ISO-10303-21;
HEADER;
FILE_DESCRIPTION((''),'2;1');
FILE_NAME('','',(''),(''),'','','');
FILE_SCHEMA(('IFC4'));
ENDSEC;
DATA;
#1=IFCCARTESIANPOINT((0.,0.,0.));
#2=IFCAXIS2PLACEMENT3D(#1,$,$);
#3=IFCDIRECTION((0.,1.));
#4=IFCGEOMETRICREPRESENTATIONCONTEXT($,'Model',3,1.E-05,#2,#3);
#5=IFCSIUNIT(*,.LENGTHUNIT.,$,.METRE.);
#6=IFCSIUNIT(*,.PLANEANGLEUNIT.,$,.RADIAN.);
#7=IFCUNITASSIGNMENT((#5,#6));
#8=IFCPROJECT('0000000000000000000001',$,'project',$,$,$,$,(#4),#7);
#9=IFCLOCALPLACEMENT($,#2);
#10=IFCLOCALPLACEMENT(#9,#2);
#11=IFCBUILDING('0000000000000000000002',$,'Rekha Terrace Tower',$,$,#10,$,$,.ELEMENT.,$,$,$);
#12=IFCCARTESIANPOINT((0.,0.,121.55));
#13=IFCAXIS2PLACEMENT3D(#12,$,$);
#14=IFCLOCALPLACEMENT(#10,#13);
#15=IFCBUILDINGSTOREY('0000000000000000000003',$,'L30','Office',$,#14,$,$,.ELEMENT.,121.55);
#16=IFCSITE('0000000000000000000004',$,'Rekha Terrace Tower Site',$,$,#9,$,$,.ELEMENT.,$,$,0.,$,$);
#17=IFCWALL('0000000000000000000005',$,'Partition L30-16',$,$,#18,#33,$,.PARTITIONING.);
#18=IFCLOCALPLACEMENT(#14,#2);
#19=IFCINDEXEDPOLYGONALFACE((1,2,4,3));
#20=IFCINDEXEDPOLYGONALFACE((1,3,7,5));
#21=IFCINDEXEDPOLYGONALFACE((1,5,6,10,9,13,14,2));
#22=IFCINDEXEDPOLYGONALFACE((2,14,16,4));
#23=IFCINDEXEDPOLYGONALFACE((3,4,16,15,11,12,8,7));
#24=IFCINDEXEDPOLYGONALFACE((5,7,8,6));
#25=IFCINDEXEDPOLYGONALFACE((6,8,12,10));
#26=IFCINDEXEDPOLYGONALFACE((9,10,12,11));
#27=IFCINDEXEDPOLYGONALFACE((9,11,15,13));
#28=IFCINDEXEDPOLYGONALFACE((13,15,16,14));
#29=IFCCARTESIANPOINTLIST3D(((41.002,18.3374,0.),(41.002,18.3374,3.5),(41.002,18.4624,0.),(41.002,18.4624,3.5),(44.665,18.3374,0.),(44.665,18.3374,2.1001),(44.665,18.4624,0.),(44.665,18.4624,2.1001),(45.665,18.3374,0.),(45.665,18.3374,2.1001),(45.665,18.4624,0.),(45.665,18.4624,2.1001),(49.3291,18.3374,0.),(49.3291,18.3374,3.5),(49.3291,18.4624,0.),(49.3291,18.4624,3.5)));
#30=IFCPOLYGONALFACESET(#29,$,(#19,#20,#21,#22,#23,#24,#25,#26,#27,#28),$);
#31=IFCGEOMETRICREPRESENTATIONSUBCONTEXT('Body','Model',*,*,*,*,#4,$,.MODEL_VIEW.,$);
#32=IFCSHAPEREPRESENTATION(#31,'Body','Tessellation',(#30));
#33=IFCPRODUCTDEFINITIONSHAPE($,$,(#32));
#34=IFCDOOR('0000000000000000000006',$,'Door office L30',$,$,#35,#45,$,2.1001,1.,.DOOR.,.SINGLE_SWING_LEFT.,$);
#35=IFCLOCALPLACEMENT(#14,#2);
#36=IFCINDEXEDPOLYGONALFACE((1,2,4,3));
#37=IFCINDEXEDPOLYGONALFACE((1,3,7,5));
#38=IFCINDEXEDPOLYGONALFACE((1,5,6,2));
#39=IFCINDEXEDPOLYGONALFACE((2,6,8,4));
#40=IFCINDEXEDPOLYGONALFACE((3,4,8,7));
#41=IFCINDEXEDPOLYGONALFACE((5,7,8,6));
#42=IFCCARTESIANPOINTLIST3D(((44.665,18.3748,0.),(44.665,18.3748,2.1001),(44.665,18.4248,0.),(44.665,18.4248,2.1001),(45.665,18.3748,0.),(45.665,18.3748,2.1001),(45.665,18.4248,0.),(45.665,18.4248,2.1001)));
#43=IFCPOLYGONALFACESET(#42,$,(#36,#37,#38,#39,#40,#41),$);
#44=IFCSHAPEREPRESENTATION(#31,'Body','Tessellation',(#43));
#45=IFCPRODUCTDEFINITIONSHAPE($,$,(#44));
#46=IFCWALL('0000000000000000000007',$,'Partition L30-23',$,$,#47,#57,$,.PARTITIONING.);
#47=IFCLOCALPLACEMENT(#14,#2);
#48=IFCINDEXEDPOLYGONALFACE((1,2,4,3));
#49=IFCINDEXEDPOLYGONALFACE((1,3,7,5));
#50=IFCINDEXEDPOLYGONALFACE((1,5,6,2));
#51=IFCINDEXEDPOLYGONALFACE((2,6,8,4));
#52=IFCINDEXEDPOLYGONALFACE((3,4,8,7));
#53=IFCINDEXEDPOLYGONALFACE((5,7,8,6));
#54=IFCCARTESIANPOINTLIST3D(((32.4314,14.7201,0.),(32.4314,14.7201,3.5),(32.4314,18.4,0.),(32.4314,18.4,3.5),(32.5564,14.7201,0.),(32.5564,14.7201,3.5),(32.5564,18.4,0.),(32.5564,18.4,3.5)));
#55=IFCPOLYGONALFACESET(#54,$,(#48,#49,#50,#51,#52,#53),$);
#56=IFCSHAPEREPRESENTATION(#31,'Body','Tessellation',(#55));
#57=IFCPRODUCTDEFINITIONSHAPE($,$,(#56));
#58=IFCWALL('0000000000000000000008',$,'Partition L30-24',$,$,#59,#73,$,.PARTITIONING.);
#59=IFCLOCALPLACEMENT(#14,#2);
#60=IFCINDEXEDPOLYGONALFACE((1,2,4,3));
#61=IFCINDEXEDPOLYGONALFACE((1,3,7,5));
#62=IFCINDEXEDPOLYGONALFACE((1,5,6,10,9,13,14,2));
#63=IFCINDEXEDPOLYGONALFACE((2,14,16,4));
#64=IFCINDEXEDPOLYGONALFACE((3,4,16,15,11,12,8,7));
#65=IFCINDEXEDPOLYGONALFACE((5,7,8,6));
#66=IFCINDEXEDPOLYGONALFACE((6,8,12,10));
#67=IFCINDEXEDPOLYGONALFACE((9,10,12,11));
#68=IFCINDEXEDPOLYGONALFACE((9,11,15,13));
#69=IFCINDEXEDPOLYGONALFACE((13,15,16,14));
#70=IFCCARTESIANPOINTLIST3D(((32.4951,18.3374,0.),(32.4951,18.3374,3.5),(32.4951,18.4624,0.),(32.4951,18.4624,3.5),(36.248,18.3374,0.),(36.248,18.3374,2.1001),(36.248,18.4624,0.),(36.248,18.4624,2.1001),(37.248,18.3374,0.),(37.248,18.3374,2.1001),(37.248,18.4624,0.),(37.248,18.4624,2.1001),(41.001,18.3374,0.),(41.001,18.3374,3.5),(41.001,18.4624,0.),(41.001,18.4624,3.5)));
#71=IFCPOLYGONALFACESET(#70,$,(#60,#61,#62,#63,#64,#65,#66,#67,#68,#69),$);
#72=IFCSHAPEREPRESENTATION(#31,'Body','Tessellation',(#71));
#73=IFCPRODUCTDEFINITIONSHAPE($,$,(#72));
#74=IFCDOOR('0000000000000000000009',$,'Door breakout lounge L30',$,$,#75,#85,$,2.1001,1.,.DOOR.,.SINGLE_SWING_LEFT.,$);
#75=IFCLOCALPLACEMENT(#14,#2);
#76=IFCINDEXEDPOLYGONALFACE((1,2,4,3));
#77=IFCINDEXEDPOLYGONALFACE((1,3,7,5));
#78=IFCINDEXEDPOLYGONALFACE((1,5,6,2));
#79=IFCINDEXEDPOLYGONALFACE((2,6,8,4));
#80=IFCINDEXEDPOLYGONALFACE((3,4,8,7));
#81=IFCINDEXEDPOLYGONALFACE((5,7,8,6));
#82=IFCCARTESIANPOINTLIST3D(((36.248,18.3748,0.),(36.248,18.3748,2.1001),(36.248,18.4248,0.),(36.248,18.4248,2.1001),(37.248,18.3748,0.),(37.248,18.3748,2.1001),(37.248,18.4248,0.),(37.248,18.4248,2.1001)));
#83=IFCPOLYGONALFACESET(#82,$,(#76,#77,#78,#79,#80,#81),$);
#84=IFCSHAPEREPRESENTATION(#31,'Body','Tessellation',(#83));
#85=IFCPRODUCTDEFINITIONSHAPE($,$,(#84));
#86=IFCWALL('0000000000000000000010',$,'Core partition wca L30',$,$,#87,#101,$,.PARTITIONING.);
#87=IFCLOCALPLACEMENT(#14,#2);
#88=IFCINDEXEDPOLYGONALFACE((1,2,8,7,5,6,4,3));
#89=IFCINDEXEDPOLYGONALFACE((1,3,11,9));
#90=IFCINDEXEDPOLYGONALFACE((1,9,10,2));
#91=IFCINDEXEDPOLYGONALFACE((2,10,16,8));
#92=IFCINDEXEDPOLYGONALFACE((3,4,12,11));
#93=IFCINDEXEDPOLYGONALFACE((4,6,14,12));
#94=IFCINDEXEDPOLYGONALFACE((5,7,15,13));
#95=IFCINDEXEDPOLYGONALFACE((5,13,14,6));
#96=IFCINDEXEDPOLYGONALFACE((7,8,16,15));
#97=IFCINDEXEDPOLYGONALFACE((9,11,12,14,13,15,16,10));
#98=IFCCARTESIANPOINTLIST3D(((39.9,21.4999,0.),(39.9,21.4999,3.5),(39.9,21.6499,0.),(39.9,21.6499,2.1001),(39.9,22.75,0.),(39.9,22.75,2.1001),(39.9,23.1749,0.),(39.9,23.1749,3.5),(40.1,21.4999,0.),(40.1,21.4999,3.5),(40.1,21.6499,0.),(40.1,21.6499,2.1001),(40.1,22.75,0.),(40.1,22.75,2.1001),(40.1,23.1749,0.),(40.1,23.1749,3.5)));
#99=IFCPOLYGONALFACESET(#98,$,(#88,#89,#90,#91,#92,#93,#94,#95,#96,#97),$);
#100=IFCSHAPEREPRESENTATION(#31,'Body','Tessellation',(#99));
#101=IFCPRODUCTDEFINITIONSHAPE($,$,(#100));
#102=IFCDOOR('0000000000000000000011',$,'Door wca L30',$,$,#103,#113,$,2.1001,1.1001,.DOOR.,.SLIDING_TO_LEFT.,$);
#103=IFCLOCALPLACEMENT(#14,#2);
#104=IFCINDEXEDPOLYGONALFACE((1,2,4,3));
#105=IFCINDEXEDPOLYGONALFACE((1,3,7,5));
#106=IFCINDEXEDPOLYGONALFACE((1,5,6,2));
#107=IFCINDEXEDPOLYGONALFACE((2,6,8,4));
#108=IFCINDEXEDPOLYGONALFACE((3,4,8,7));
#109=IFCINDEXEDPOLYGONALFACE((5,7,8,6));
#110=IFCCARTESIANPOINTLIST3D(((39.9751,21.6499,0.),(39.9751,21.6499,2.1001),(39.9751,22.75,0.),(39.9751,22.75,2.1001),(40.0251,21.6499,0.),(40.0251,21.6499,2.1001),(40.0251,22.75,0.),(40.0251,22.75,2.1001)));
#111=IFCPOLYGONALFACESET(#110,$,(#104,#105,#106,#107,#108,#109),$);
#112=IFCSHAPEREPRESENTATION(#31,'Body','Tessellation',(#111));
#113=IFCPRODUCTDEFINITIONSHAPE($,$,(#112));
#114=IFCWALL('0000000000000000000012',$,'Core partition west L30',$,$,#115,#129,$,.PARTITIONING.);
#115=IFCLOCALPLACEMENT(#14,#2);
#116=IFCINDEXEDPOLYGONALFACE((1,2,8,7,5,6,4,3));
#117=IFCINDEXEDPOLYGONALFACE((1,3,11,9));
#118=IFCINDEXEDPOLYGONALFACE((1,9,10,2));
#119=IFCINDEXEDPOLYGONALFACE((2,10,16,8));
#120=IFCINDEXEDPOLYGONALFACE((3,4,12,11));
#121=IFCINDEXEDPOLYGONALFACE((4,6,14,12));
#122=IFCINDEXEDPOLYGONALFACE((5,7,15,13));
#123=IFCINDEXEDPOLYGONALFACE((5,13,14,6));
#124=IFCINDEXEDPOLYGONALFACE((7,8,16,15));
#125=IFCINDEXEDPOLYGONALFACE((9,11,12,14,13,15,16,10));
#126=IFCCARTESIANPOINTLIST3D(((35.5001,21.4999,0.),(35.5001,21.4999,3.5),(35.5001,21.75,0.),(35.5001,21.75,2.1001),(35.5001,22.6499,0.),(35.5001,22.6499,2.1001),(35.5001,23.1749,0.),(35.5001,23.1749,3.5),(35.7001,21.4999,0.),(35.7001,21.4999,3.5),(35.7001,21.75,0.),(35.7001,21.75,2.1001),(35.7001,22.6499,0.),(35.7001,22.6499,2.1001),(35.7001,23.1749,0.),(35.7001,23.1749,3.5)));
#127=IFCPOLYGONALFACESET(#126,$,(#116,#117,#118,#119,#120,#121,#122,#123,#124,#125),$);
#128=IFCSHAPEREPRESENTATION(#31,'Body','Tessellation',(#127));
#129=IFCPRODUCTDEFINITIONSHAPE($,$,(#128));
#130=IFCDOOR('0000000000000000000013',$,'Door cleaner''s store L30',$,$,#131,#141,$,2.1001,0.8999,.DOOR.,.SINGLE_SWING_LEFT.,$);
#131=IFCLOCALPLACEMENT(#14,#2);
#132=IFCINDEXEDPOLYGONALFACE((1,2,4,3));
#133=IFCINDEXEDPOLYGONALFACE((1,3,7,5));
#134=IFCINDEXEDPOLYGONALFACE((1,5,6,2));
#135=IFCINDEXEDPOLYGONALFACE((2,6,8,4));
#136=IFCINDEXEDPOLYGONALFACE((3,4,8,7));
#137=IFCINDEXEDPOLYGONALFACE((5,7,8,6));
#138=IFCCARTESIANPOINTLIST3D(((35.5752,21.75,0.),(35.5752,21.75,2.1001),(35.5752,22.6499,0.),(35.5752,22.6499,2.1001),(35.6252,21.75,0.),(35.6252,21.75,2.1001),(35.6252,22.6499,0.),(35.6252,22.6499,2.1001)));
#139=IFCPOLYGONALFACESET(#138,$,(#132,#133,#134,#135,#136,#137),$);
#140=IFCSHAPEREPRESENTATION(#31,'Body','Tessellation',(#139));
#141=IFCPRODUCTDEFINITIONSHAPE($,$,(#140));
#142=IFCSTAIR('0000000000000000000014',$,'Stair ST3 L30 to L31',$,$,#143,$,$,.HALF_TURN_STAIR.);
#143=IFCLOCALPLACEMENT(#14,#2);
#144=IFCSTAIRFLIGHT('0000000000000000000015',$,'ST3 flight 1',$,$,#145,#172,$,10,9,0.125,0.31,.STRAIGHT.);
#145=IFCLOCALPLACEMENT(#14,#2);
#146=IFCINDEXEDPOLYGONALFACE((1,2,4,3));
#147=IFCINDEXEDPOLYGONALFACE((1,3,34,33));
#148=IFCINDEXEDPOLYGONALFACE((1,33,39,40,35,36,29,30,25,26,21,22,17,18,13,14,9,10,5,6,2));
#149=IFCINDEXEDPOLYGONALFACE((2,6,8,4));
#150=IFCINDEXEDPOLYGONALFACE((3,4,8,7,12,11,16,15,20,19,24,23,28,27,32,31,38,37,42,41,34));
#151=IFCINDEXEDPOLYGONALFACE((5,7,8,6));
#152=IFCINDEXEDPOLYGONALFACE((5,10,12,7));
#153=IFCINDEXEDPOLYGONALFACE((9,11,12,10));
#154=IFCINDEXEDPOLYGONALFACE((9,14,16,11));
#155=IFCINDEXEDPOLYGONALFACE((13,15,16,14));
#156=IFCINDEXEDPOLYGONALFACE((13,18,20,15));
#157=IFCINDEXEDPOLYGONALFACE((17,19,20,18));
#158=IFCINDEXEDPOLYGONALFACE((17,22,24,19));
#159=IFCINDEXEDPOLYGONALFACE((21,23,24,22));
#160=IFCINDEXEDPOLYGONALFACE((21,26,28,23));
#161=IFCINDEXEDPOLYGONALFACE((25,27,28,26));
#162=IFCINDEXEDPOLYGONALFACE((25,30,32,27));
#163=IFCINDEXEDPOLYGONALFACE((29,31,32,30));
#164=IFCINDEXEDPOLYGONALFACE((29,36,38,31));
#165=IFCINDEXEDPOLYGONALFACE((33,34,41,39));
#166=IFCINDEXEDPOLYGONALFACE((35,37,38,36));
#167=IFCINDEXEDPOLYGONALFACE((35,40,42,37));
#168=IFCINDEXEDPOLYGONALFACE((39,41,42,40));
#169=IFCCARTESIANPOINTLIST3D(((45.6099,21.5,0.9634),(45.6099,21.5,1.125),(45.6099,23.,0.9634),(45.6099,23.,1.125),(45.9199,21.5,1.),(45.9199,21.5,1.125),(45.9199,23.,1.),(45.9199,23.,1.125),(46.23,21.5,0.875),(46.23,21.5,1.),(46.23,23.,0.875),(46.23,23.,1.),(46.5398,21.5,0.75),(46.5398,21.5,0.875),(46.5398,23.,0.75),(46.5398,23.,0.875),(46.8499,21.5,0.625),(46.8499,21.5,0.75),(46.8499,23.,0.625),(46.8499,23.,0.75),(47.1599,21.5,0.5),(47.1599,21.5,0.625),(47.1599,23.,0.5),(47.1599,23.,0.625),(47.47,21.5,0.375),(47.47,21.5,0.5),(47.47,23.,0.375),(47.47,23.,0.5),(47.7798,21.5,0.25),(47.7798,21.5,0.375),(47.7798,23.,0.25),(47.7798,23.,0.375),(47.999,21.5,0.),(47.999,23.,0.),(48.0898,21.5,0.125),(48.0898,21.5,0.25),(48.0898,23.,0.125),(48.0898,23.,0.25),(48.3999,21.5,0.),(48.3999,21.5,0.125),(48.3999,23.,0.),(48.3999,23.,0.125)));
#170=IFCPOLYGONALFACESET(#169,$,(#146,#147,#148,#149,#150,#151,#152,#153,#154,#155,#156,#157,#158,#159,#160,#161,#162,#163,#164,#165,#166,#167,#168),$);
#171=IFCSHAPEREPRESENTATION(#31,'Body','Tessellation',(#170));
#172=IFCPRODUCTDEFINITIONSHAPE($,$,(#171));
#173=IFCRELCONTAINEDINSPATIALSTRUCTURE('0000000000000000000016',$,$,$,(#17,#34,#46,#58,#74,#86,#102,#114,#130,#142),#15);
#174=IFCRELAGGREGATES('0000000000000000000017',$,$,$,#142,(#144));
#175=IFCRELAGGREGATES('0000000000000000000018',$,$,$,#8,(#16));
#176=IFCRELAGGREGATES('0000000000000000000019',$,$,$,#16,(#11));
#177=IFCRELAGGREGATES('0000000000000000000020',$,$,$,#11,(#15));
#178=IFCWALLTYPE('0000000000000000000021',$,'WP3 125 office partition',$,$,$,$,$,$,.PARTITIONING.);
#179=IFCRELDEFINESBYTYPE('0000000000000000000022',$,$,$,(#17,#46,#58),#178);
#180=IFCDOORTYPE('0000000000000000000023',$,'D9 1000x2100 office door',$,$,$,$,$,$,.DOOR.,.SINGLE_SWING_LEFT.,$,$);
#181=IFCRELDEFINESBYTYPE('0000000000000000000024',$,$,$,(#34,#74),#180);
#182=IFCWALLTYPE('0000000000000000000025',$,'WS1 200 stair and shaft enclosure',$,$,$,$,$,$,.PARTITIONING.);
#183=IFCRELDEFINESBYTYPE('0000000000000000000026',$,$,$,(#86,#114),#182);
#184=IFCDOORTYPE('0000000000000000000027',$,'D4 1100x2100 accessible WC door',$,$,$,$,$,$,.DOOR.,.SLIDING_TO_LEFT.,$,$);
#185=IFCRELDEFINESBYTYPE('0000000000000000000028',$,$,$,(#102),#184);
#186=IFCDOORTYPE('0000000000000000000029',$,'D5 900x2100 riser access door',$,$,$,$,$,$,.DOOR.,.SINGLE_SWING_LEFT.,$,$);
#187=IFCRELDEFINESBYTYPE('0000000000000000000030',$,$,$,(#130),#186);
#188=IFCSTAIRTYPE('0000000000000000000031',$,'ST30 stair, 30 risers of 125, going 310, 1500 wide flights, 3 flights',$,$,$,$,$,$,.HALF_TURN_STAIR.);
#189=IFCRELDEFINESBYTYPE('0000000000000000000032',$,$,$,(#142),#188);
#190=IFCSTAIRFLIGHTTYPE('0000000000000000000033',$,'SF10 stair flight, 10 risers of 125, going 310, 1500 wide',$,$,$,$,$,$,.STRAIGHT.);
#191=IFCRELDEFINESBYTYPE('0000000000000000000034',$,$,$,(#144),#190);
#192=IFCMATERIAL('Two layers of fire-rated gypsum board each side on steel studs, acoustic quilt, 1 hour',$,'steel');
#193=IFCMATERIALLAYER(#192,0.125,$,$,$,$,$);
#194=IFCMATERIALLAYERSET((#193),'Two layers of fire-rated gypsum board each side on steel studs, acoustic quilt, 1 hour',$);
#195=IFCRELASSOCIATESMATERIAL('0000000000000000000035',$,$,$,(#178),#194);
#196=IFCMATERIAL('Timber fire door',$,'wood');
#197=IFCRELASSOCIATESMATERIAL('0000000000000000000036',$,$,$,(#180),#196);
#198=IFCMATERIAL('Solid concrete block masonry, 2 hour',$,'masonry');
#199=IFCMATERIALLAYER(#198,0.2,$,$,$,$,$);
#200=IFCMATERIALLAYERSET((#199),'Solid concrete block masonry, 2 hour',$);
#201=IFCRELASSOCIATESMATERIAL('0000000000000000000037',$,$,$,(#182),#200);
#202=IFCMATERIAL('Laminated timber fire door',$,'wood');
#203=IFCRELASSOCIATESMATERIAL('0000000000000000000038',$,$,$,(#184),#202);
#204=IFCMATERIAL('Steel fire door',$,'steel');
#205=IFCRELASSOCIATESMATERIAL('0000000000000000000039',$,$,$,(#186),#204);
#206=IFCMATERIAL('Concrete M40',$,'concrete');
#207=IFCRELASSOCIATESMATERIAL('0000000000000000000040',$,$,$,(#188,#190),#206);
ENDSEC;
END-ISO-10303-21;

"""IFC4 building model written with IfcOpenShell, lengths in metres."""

from ifc_helpers import new_model, si_unit, direction, frame, frame_2d, origin, place, context, subcontext, project, spatial, polyline, rectangle, outline, extrude, material, layer, layer_set, type_object, element, fill, aggregate, save


model = new_model("IFC4")

# Units and contexts
model_context = context("Model", 3, precision=1e-05, world=origin(), true_north=direction((0.0, 1.0)))
body_context = subcontext(model_context, "Body", "Model", "MODEL_VIEW")
ifc_project = project(units=[si_unit("LENGTHUNIT", "METRE"), si_unit("PLANEANGLEUNIT", "RADIAN")], contexts=[model_context])

# Site, building, storey
site_placement = place(None, origin())
site = spatial("IfcSite", under=ifc_project, at=site_placement, Name="Rekha Terrace Tower Site", CompositionType="ELEMENT", RefElevation=0.0)
building_placement = place(site_placement, origin())
building = spatial("IfcBuilding", under=site, at=building_placement, Name="Rekha Terrace Tower", CompositionType="ELEMENT")
storey_placement = place(building_placement, frame((0.0, 0.0, 121.55)))
storey = spatial("IfcBuildingStorey", under=building, at=storey_placement, Name="L30", Description="Office", CompositionType="ELEMENT", Elevation=121.55)

# Shared definitions
ifc_material_1 = material(Name="Two layers of fire-rated gypsum board each side on steel studs, acoustic quilt, 1 hour", Category="steel")
ifc_layer_1 = layer(ifc_material_1, 0.125)
ifc_layer_set_1 = layer_set([ifc_layer_1], Name="Two layers of fire-rated gypsum board each side on steel studs, acoustic quilt, 1 hour")
wall_type_1 = type_object("IfcWallType", Name="WP3 125 office partition", PredefinedType="PARTITIONING", material=ifc_layer_set_1)

# Wall, opening, door
wall_1_placement = place(storey_placement, frame((41.002, 18.3999, 0.0), z_axis=(0.0, 0.0, 1.0), x_axis=(1.0, 0.0, 0.0)))
wall_1 = element("IfcWall", 1, at=wall_1_placement, inside=storey, type_object=wall_type_1, Name="Partition L30-16", PredefinedType="PARTITIONING", context=body_context, shape_type="SweptSolid", body=[
    extrude(rectangle(XDim=8.3271, YDim=0.125, at=frame_2d((4.1636, 0.0))), origin(), (0.0, 0.0, 1.0), 3.5),
])
opening_1_placement = place(wall_1_placement, frame((3.6631, 0.0, 0.0)))
opening_1 = element("IfcOpeningElement", 2, at=opening_1_placement, cuts=wall_1, PredefinedType="OPENING", context=body_context, shape_type="SweptSolid", body=[
    extrude(rectangle(XDim=1.0, YDim=2.1001, at=frame_2d((0.5, 1.05))), frame((0.0, 0.0725, 0.0), z_axis=(0.0, -1.0, 0.0), x_axis=(1.0, 0.0, 0.0)), (0.0, 0.0, 1.0), 0.145),
])
ifc_material_2 = material(Name="Timber fire door", Category="wood")
door_type_1 = type_object("IfcDoorType", Name="D9 1000x2100 office door", OperationType="SINGLE_SWING_LEFT", PredefinedType="DOOR", material=ifc_material_2)
door_1_placement = place(opening_1_placement, origin())
door_1 = element("IfcDoor", 3, at=door_1_placement, inside=storey, type_object=door_type_1, Name="Door office L30", OperationType="SINGLE_SWING_LEFT", OverallHeight=2.1001, OverallWidth=1.0, PredefinedType="DOOR", context=body_context, shape_type="SweptSolid", body=[
    extrude(rectangle(XDim=1.0, YDim=2.1001, at=frame_2d((0.5, 1.05))), frame((0.0, 0.0249, 0.0), z_axis=(0.0, -1.0, 0.0), x_axis=(1.0, 0.0, 0.0)), (0.0, 0.0, 1.0), 0.05),
])
fill(opening_1, door_1)

# Wall
wall_2_placement = place(storey_placement, frame((32.4939, 18.3999, 0.0), z_axis=(0.0, 0.0, 1.0), x_axis=(0.0, -1.0, 0.0)))
element("IfcWall", 4, at=wall_2_placement, inside=storey, type_object=wall_type_1, Name="Partition L30-23", PredefinedType="PARTITIONING", context=body_context, shape_type="SweptSolid", body=[
    extrude(rectangle(XDim=3.6799, YDim=0.125, at=frame_2d((1.8398, 0.0))), origin(), (0.0, 0.0, 1.0), 3.5),
])

# Walls, openings, doors
wall_3_placement = place(storey_placement, frame((32.4951, 18.3999, 0.0), z_axis=(0.0, 0.0, 1.0), x_axis=(1.0, 0.0, 0.0)))
wall_3 = element("IfcWall", 5, at=wall_3_placement, inside=storey, type_object=wall_type_1, Name="Partition L30-24", PredefinedType="PARTITIONING", context=body_context, shape_type="SweptSolid", body=[
    extrude(rectangle(XDim=8.5059, YDim=0.125, at=frame_2d((4.2529, 0.0))), origin(), (0.0, 0.0, 1.0), 3.5),
])
opening_2_placement = place(wall_3_placement, frame((3.7529, 0.0, 0.0)))
opening_2 = element("IfcOpeningElement", 6, at=opening_2_placement, cuts=wall_3, PredefinedType="OPENING", context=body_context, shape_type="SweptSolid", body=[
    extrude(rectangle(XDim=1.0, YDim=2.1001, at=frame_2d((0.5, 1.05))), frame((0.0, 0.0725, 0.0), z_axis=(0.0, -1.0, 0.0), x_axis=(1.0, 0.0, 0.0)), (0.0, 0.0, 1.0), 0.145),
])
door_2_placement = place(opening_2_placement, origin())
door_2 = element("IfcDoor", 7, at=door_2_placement, inside=storey, type_object=door_type_1, Name="Door breakout lounge L30", OperationType="SINGLE_SWING_LEFT", OverallHeight=2.1001, OverallWidth=1.0, PredefinedType="DOOR", context=body_context, shape_type="SweptSolid", body=[
    extrude(rectangle(XDim=1.0, YDim=2.1001, at=frame_2d((0.5, 1.05))), frame((0.0, 0.0249, 0.0), z_axis=(0.0, -1.0, 0.0), x_axis=(1.0, 0.0, 0.0)), (0.0, 0.0, 1.0), 0.05),
])
fill(opening_2, door_2)
ifc_material_3 = material(Name="Solid concrete block masonry, 2 hour", Category="masonry")
ifc_layer_2 = layer(ifc_material_3, 0.2)
ifc_layer_set_2 = layer_set([ifc_layer_2], Name="Solid concrete block masonry, 2 hour")
wall_type_2 = type_object("IfcWallType", Name="WS1 200 stair and shaft enclosure", PredefinedType="PARTITIONING", material=ifc_layer_set_2)
wall_4_placement = place(storey_placement, frame((40.0, 21.5, 0.0), z_axis=(0.0, 0.0, 1.0), x_axis=(0.0, 1.0, 0.0)))
wall_4 = element("IfcWall", 8, at=wall_4_placement, inside=storey, type_object=wall_type_2, Name="Core partition wca L30", PredefinedType="PARTITIONING", context=body_context, shape_type="SweptSolid", body=[
    extrude(rectangle(XDim=1.675, YDim=0.2, at=frame_2d((0.8374, 0.0))), origin(), (0.0, 0.0, 1.0), 3.5),
])
opening_3_placement = place(wall_4_placement, frame((0.1499, 0.0, 0.0)))
opening_3 = element("IfcOpeningElement", 9, at=opening_3_placement, cuts=wall_4, PredefinedType="OPENING", context=body_context, shape_type="SweptSolid", body=[
    extrude(rectangle(XDim=1.1001, YDim=2.1001, at=frame_2d((0.55, 1.05))), frame((0.0, 0.1099, 0.0), z_axis=(0.0, -1.0, 0.0), x_axis=(1.0, 0.0, 0.0)), (0.0, 0.0, 1.0), 0.22),
])
ifc_material_4 = material(Name="Laminated timber fire door", Category="wood")
door_type_2 = type_object("IfcDoorType", Name="D4 1100x2100 accessible WC door", OperationType="SLIDING_TO_LEFT", PredefinedType="DOOR", material=ifc_material_4)
door_3_placement = place(opening_3_placement, origin())
door_3 = element("IfcDoor", 10, at=door_3_placement, inside=storey, type_object=door_type_2, Name="Door wca L30", OperationType="SLIDING_TO_LEFT", OverallHeight=2.1001, OverallWidth=1.1001, PredefinedType="DOOR", context=body_context, shape_type="SweptSolid", body=[
    extrude(rectangle(XDim=1.1001, YDim=2.1001, at=frame_2d((0.55, 1.05))), frame((0.0, 0.0249, 0.0), z_axis=(0.0, -1.0, 0.0), x_axis=(1.0, 0.0, 0.0)), (0.0, 0.0, 1.0), 0.05),
])
fill(opening_3, door_3)
wall_5_placement = place(storey_placement, frame((35.6001, 21.5, 0.0), z_axis=(0.0, 0.0, 1.0), x_axis=(0.0, 1.0, 0.0)))
wall_5 = element("IfcWall", 11, at=wall_5_placement, inside=storey, type_object=wall_type_2, Name="Core partition west L30", PredefinedType="PARTITIONING", context=body_context, shape_type="SweptSolid", body=[
    extrude(rectangle(XDim=1.675, YDim=0.2, at=frame_2d((0.8374, 0.0))), origin(), (0.0, 0.0, 1.0), 3.5),
])
opening_4_placement = place(wall_5_placement, frame((0.25, 0.0, 0.0)))
opening_4 = element("IfcOpeningElement", 12, at=opening_4_placement, cuts=wall_5, PredefinedType="OPENING", context=body_context, shape_type="SweptSolid", body=[
    extrude(rectangle(XDim=0.8999, YDim=2.1001, at=frame_2d((0.45, 1.05))), frame((0.0, 0.1099, 0.0), z_axis=(0.0, -1.0, 0.0), x_axis=(1.0, 0.0, 0.0)), (0.0, 0.0, 1.0), 0.22),
])
ifc_material_5 = material(Name="Steel fire door", Category="steel")
door_type_3 = type_object("IfcDoorType", Name="D5 900x2100 riser access door", OperationType="SINGLE_SWING_LEFT", PredefinedType="DOOR", material=ifc_material_5)
door_4_placement = place(opening_4_placement, origin())
door_4 = element("IfcDoor", 13, at=door_4_placement, inside=storey, type_object=door_type_3, Name="Door cleaner's store L30", OperationType="SINGLE_SWING_LEFT", OverallHeight=2.1001, OverallWidth=0.8999, PredefinedType="DOOR", context=body_context, shape_type="SweptSolid", body=[
    extrude(rectangle(XDim=0.8999, YDim=2.1001, at=frame_2d((0.45, 1.05))), frame((0.0, 0.0249, 0.0), z_axis=(0.0, -1.0, 0.0), x_axis=(1.0, 0.0, 0.0)), (0.0, 0.0, 1.0), 0.05),
])
fill(opening_4, door_4)

# Stair, stair flight
ifc_material_6 = material(Name="Concrete M40", Category="concrete")
stair_type = type_object("IfcStairType", Name="ST30 stair, 30 risers of 125, going 310, 1500 wide flights, 3 flights", PredefinedType="HALF_TURN_STAIR", material=ifc_material_6)
stair_placement = place(storey_placement, origin())
stair = element("IfcStair", 14, at=stair_placement, inside=storey, type_object=stair_type, Name="Stair ST3 L30 to L31", PredefinedType="HALF_TURN_STAIR")
stair_flight_type = type_object("IfcStairFlightType", Name="SF10 stair flight, 10 risers of 125, going 310, 1500 wide", PredefinedType="STRAIGHT", material=ifc_material_6)
stair_flight_placement = place(storey_placement, frame((48.3999, 22.25, 0.0), z_axis=(0.0, 0.0, 1.0), x_axis=(-1.0, 0.0, 0.0)))
stair_flight = element("IfcStairFlight", 15, at=stair_flight_placement, type_object=stair_flight_type, Name="ST3 flight 1", NumberOfRisers=10, NumberOfTreads=9, PredefinedType="STRAIGHT", RiserHeight=0.125, TreadLength=0.31, context=body_context, shape_type="SweptSolid", body=[
    extrude(outline(polyline([(0.0, 0.0), (0.0, 0.125), (0.3101, 0.125), (0.3101, 0.25), (0.6201, 0.25), (0.6201, 0.375), (0.9299, 0.375), (0.9299, 0.5), (1.24, 0.5), (1.24, 0.625), (1.55, 0.625), (1.55, 0.75), (1.8601, 0.75), (1.8601, 0.875), (2.1699, 0.875), (2.1699, 1.0), (2.48, 1.0), (2.48, 1.125), (2.79, 1.125), (2.79, 1.25), (2.79, 0.9634), (0.4009, 0.0), (0.0, 0.0)])), frame((0.0, 0.75, 0.0), z_axis=(0.0, -1.0, 0.0), x_axis=(1.0, 0.0, 0.0)), (0.0, 0.0, 1.0), 1.5),
])
aggregate(stair, [stair_flight])

save(model, "model.ifc")
